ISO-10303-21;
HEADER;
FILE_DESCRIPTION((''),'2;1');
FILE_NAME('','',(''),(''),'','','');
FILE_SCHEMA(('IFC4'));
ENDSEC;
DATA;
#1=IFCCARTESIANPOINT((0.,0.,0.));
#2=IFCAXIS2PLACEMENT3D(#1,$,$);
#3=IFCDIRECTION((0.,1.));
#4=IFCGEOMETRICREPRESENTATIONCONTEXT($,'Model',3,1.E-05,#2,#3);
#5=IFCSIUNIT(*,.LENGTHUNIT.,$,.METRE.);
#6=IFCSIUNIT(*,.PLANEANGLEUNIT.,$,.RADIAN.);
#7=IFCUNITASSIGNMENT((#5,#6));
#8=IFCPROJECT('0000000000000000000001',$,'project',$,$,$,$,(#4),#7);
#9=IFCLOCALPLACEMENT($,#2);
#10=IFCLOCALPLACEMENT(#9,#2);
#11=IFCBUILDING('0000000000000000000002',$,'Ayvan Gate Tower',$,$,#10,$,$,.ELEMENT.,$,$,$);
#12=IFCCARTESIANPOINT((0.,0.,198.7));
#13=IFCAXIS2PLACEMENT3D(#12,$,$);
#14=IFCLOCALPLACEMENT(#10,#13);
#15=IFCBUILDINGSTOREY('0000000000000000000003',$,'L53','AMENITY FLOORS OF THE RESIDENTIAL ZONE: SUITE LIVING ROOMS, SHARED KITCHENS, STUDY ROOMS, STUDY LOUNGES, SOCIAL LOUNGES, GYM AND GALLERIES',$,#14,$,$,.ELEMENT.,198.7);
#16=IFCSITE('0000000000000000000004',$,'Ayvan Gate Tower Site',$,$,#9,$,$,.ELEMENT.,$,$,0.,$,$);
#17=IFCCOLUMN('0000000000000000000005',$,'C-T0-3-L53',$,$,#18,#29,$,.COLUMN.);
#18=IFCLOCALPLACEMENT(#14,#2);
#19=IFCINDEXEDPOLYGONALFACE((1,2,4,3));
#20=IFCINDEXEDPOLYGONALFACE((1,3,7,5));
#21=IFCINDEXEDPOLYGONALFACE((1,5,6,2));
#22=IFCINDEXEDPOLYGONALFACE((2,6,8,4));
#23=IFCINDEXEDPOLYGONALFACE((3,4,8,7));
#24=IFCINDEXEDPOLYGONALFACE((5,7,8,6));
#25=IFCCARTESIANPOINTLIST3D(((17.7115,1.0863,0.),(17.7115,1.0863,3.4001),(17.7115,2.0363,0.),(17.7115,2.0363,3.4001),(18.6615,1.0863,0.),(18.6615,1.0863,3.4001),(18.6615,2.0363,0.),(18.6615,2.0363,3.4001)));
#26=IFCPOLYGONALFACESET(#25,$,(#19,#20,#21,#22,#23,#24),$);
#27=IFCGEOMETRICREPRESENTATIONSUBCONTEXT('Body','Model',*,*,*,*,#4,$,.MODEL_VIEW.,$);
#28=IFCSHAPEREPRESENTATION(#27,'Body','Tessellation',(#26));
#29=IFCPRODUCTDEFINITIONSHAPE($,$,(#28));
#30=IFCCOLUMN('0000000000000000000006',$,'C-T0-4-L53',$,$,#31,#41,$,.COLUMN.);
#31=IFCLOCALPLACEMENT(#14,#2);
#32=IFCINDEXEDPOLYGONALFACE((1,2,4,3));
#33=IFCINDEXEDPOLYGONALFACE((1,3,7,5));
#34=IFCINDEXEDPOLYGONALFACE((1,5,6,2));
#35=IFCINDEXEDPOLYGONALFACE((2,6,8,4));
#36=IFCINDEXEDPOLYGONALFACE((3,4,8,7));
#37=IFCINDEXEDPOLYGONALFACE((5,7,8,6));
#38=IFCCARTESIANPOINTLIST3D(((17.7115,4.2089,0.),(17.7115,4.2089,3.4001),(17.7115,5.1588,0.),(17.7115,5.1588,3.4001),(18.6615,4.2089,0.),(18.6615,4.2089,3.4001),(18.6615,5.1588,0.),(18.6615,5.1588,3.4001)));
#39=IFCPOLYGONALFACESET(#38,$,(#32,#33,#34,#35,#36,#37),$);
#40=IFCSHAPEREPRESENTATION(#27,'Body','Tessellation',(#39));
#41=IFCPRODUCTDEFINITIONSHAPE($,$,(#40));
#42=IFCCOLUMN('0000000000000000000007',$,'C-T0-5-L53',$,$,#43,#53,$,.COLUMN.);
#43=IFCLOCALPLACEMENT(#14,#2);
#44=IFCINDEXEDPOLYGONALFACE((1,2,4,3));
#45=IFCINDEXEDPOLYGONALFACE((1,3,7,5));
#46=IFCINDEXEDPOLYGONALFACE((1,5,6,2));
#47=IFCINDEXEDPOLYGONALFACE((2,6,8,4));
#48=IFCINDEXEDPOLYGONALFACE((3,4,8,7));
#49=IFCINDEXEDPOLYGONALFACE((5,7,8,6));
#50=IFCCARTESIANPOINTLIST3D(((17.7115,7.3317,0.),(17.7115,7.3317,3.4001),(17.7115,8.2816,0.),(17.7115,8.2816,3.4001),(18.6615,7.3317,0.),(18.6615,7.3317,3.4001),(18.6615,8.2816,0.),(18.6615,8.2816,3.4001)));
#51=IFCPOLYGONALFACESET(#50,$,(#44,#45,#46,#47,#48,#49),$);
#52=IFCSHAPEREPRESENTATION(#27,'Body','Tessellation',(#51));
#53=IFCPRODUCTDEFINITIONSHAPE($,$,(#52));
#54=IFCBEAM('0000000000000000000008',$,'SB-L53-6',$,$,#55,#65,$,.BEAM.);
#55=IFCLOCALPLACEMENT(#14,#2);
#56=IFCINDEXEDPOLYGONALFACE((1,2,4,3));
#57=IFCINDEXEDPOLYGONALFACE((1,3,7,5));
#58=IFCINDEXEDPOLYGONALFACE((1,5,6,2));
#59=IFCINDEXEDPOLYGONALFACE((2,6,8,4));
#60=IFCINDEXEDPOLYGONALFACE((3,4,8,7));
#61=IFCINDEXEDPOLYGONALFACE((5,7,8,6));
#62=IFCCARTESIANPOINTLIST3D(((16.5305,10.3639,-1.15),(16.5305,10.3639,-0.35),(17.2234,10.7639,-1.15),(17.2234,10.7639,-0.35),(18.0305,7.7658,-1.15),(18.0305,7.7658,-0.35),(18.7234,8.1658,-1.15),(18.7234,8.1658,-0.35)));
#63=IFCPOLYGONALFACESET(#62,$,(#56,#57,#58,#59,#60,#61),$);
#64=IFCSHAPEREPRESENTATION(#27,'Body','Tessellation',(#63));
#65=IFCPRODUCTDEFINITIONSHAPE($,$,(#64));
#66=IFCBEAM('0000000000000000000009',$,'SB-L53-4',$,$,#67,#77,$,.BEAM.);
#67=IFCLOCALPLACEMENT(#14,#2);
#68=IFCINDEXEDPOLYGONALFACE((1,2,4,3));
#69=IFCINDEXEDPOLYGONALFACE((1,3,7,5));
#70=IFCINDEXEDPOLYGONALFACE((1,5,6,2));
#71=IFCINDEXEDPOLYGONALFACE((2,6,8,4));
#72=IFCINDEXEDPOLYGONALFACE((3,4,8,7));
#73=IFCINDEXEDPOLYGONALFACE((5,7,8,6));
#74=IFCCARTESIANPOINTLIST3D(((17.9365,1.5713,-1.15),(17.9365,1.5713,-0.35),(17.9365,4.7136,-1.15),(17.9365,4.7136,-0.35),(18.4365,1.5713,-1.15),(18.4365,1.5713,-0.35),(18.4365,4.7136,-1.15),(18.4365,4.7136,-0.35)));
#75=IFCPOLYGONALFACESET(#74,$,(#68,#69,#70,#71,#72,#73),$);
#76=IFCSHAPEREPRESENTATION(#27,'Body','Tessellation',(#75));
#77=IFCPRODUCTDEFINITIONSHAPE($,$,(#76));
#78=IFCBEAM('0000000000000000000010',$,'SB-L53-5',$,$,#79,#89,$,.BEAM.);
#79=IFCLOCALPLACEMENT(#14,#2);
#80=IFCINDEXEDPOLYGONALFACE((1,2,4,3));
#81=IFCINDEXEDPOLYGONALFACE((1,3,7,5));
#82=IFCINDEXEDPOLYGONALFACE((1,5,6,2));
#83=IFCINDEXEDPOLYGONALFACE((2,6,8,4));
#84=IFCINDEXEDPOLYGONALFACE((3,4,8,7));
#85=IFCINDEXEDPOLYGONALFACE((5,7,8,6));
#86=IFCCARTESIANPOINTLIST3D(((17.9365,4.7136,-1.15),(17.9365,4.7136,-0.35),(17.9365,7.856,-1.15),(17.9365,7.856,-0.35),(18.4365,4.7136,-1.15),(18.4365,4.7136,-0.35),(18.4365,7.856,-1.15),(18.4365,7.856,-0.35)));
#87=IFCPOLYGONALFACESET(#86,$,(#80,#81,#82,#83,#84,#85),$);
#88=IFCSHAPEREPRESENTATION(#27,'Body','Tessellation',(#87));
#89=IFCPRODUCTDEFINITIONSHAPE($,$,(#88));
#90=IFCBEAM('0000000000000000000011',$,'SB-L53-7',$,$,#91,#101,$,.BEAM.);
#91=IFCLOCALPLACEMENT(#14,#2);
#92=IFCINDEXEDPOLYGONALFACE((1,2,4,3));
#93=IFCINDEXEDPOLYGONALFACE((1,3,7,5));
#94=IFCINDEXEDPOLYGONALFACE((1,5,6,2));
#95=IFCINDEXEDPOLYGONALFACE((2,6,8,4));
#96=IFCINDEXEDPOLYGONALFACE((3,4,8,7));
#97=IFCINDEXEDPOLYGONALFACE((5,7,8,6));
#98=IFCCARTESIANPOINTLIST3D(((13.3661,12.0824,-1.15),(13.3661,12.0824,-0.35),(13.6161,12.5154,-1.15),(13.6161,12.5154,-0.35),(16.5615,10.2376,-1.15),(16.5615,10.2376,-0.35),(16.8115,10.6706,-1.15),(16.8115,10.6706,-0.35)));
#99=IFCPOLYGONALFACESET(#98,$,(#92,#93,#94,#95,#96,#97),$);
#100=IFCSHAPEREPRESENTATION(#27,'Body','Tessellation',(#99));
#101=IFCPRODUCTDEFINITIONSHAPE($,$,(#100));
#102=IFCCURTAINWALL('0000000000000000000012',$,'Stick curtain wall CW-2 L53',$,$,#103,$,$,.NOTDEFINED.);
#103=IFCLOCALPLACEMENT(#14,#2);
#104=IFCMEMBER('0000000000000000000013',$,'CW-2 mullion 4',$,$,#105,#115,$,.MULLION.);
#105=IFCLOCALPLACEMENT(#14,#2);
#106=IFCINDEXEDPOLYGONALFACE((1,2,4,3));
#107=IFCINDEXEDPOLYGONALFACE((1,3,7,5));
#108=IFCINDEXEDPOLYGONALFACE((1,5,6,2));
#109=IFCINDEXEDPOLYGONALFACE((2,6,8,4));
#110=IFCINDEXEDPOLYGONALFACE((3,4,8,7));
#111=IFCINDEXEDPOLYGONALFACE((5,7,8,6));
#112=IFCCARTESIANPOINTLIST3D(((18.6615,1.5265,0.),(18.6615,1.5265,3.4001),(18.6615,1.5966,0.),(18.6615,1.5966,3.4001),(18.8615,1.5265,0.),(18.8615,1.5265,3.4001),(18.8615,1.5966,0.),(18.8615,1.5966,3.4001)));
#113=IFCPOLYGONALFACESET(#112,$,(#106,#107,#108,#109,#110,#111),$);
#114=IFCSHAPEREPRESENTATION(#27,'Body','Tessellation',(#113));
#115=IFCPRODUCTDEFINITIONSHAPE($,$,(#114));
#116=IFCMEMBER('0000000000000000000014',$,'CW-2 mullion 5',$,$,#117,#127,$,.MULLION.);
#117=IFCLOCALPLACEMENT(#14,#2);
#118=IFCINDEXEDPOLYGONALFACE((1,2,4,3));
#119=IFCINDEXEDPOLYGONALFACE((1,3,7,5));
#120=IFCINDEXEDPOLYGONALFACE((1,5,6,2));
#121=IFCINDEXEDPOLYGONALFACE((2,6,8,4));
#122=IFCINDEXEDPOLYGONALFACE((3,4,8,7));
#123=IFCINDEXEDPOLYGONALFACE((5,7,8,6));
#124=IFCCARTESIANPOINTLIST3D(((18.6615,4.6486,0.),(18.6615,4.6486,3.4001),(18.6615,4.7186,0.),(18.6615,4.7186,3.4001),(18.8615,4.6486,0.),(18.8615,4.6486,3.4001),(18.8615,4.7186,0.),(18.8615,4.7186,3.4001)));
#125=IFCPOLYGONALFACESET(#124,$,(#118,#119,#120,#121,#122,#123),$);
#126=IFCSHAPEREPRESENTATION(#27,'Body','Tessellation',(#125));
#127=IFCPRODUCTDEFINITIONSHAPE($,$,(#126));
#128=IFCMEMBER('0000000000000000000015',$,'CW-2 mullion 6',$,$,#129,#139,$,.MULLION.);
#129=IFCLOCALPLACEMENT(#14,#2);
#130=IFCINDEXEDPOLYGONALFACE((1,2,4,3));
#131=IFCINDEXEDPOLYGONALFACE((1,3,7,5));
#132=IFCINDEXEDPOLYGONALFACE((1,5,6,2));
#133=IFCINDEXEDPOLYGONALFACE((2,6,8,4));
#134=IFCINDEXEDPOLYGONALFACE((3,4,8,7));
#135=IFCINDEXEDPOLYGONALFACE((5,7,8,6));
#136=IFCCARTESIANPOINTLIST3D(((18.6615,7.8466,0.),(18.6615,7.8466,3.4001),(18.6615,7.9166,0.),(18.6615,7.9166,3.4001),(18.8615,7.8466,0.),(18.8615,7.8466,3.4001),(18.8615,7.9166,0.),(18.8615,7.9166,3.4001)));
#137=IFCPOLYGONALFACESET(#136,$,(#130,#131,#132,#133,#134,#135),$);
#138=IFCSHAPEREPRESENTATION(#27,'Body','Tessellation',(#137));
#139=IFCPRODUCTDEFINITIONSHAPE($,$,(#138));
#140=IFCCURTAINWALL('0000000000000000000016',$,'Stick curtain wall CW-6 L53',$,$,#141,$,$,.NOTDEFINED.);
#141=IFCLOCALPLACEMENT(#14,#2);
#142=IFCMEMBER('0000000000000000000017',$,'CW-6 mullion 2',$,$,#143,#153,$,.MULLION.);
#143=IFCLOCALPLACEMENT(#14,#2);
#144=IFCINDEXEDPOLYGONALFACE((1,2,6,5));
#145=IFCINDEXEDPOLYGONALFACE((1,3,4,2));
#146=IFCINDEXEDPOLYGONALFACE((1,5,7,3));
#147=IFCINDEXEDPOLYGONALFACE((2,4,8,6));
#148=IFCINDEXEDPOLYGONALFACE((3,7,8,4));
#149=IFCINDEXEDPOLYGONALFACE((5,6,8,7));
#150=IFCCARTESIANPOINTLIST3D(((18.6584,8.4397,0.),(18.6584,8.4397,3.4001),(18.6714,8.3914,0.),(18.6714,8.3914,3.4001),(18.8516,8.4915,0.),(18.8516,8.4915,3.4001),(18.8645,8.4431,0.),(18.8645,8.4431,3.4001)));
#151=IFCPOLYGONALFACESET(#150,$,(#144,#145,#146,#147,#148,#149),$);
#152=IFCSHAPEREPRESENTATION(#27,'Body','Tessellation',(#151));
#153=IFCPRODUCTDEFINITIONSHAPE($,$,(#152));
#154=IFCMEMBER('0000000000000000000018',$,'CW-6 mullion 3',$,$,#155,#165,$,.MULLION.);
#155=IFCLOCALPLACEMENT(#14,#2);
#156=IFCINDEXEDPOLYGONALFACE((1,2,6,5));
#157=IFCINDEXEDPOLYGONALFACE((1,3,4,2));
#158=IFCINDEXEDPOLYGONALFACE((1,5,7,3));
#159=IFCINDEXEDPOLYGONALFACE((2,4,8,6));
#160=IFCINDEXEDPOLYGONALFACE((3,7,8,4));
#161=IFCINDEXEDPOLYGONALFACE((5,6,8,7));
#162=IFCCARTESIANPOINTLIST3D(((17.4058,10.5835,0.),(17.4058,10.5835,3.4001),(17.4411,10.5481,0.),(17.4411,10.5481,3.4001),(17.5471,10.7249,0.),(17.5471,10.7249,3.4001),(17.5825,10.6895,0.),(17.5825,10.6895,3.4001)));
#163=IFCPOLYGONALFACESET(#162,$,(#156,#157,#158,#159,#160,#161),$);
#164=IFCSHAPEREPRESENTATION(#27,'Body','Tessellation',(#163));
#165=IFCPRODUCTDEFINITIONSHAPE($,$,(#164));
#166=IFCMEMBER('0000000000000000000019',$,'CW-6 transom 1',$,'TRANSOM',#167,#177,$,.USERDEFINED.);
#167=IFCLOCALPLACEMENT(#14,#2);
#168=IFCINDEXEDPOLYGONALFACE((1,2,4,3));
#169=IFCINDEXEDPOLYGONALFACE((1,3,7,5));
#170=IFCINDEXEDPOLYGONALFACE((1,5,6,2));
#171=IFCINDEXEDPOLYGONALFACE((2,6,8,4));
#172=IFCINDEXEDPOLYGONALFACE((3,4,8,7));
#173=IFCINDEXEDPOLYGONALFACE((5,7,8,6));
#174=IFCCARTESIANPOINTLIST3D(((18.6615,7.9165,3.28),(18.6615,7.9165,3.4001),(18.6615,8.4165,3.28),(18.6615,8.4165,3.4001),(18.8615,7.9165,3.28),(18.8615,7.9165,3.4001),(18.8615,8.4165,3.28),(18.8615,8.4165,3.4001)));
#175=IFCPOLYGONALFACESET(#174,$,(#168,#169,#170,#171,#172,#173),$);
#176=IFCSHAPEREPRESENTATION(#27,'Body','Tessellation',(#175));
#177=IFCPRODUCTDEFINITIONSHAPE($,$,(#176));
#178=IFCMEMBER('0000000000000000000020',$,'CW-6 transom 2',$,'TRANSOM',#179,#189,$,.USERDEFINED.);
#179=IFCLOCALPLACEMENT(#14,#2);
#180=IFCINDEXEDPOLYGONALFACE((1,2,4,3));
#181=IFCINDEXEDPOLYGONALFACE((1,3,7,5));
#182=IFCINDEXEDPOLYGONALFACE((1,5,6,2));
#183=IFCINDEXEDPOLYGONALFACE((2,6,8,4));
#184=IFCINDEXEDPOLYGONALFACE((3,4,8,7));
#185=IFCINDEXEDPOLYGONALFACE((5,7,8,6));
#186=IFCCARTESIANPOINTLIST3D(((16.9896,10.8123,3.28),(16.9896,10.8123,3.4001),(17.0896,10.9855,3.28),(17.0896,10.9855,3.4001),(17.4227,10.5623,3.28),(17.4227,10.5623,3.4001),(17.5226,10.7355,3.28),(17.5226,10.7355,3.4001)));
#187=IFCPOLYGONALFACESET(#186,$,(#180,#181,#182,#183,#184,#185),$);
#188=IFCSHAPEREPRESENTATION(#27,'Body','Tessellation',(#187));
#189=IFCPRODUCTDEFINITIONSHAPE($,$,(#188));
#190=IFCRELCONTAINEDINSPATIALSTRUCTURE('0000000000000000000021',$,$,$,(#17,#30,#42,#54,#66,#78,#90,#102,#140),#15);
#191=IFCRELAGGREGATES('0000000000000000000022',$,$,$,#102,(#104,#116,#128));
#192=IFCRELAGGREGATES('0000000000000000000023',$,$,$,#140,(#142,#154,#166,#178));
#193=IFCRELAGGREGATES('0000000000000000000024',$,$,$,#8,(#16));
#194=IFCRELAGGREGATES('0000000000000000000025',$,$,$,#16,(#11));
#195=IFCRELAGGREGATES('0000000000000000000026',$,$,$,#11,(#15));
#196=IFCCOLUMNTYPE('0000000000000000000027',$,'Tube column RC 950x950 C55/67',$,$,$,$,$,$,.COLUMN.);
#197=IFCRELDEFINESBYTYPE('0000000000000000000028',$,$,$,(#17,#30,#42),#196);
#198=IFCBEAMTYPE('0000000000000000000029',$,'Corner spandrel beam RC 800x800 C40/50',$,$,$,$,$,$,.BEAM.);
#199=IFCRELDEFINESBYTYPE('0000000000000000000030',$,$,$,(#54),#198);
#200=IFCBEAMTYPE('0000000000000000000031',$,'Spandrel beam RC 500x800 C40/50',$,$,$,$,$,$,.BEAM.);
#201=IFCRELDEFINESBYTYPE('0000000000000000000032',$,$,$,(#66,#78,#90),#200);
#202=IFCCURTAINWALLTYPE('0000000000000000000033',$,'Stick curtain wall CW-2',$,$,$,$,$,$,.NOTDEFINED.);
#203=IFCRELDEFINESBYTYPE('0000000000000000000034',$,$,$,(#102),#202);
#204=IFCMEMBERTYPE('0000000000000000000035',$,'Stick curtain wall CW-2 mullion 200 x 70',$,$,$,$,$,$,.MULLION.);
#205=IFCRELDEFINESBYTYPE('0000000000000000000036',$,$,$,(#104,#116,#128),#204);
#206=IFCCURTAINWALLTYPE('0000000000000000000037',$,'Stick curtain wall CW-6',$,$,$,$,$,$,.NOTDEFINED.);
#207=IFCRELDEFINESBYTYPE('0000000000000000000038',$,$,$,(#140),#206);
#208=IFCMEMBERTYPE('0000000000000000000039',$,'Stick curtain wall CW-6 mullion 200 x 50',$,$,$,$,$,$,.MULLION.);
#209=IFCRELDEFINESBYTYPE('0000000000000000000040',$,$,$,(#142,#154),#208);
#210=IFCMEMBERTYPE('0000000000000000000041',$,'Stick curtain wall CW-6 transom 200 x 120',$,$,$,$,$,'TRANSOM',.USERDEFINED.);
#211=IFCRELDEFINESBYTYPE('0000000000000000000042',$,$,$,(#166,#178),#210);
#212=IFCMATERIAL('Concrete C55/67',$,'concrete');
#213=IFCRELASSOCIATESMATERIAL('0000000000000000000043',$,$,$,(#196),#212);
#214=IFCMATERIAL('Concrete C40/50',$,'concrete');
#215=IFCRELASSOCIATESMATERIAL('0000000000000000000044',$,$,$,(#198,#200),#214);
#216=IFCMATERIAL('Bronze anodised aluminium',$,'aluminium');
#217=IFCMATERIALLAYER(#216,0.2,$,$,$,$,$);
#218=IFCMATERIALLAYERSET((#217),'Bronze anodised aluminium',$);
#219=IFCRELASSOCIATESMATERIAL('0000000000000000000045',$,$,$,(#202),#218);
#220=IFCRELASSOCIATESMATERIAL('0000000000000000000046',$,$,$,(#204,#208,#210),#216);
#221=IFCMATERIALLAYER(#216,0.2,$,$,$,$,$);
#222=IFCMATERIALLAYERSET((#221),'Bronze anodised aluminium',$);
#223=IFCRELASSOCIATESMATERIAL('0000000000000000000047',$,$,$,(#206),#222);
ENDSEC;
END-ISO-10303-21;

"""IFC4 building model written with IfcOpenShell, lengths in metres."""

from ifc_helpers import new_model, si_unit, direction, frame, origin, origin_2d, place, context, subcontext, project, spatial, rectangle, extrude, material, layer, layer_set, material_profile, profile_set, type_object, element, aggregate, save


model = new_model("IFC4")

# Units and contexts
model_context = context("Model", 3, precision=1e-05, world=origin(), true_north=direction((0.0, 1.0)))
body_context = subcontext(model_context, "Body", "Model", "MODEL_VIEW")
ifc_project = project(units=[si_unit("LENGTHUNIT", "METRE"), si_unit("PLANEANGLEUNIT", "RADIAN")], contexts=[model_context])

# Site, building, storey
site_placement = place(None, origin())
site = spatial("IfcSite", under=ifc_project, at=site_placement, Name="Ayvan Gate Tower Site", CompositionType="ELEMENT", RefElevation=0.0)
building_placement = place(site_placement, origin())
building = spatial("IfcBuilding", under=site, at=building_placement, Name="Ayvan Gate Tower", CompositionType="ELEMENT")
storey_placement = place(building_placement, frame((0.0, 0.0, 198.7)))
storey = spatial("IfcBuildingStorey", under=building, at=storey_placement, Name="L53", Description="AMENITY FLOORS OF THE RESIDENTIAL ZONE: SUITE LIVING ROOMS, SHARED KITCHENS, STUDY ROOMS, STUDY LOUNGES, SOCIAL LOUNGES, GYM AND GALLERIES", CompositionType="ELEMENT", Elevation=198.7)

# Columns
ifc_material_1 = material(Name="Concrete C55/67", Category="concrete")
ifc_material_profile_1 = material_profile(ifc_material_1, rectangle(XDim=0.95, YDim=0.95, at=origin_2d()), Name="RC 950x950")
ifc_profile_set_1 = profile_set([ifc_material_profile_1], Name="Concrete C55/67")
column_type = type_object("IfcColumnType", Name="Tube column RC 950x950 C55/67", PredefinedType="COLUMN", material=ifc_profile_set_1)
for number, where, z_axis, x_axis, name in (
    (1, (18.1865, 1.5613, 0.0), (0.0, 0.0, 1.0), (1.0, 0.0, 0.0), "C-T0-3-L53"),
    (2, (18.1865, 4.6838, 0.0), (0.0, 0.0, 1.0), (1.0, 0.0, 0.0), "C-T0-4-L53"),
    (3, (18.1865, 7.8066, 0.0), (0.0, 0.0, 1.0), (1.0, 0.0, 0.0), "C-T0-5-L53"),
):
    element("IfcColumn", number, at=place(storey_placement, frame(where, z_axis=z_axis, x_axis=x_axis)), inside=storey, type_object=column_type, Name=name, PredefinedType="COLUMN", context=body_context, shape_type="SweptSolid", body=[
        extrude(rectangle(XDim=0.95, YDim=0.95, at=origin_2d()), origin(), (0.0, 0.0, 1.0), 3.4001),
    ])

# Beams
ifc_material_2 = material(Name="Concrete C40/50", Category="concrete")
ifc_material_profile_2 = material_profile(ifc_material_2, rectangle(XDim=0.8, YDim=0.8, at=origin_2d()), Name="RC 800x800")
ifc_profile_set_2 = profile_set([ifc_material_profile_2], Name="Concrete C40/50")
beam_type_1 = type_object("IfcBeamType", Name="Corner spandrel beam RC 800x800 C40/50", PredefinedType="BEAM", material=ifc_profile_set_2)
beam_1_placement = place(storey_placement, frame((18.377, 7.9658, -0.75), z_axis=(-0.49999, 0.866031, 0.0), x_axis=(-0.866031, -0.49999, 0.0)))
element("IfcBeam", 4, at=beam_1_placement, inside=storey, type_object=beam_type_1, Name="SB-L53-6", PredefinedType="BEAM", context=body_context, shape_type="SweptSolid", body=[
    extrude(rectangle(XDim=0.8, YDim=0.8, at=origin_2d()), origin(), (0.0, 0.0, 1.0), 3.0),
])
ifc_material_profile_3 = material_profile(ifc_material_2, rectangle(XDim=0.5, YDim=0.8, at=origin_2d()), Name="RC 500x800")
ifc_profile_set_3 = profile_set([ifc_material_profile_3], Name="Concrete C40/50")
beam_type_2 = type_object("IfcBeamType", Name="Spandrel beam RC 500x800 C40/50", PredefinedType="BEAM", material=ifc_profile_set_3)
for number, where, z_axis, x_axis, name in (
    (5, (18.1865, 1.5713, -0.75), (0.0, 1.0, 0.0), (-1.0, 0.0, 0.0), "SB-L53-4"),
    (6, (18.1865, 4.7136, -0.75), (0.0, 1.0, 0.0), (-1.0, 0.0, 0.0), "SB-L53-5"),
):
    element("IfcBeam", number, at=place(storey_placement, frame(where, z_axis=z_axis, x_axis=x_axis)), inside=storey, type_object=beam_type_2, Name=name, PredefinedType="BEAM", context=body_context, shape_type="SweptSolid", body=[
        extrude(rectangle(XDim=0.5, YDim=0.8, at=origin_2d()), origin(), (0.0, 0.0, 1.0), 3.1423),
    ])
beam_2_placement = place(storey_placement, frame((16.6865, 10.4541, -0.75), z_axis=(-0.866036, 0.499982, 0.0), x_axis=(-0.499982, -0.866036, 0.0)))
element("IfcBeam", 7, at=beam_2_placement, inside=storey, type_object=beam_type_2, Name="SB-L53-7", PredefinedType="BEAM", context=body_context, shape_type="SweptSolid", body=[
    extrude(rectangle(XDim=0.5, YDim=0.8, at=origin_2d()), origin(), (0.0, 0.0, 1.0), 3.6897),
])

# Curtain walls, members
ifc_material_3 = material(Name="Bronze anodised aluminium", Category="aluminium")
ifc_layer_1 = layer(ifc_material_3, 0.2)
ifc_layer_set_1 = layer_set([ifc_layer_1], Name="Bronze anodised aluminium")
curtain_wall_type_1 = type_object("IfcCurtainWallType", Name="Stick curtain wall CW-2", PredefinedType="NOTDEFINED", material=ifc_layer_set_1)
curtain_wall_1_placement = place(storey_placement, origin())
curtain_wall_1 = element("IfcCurtainWall", 8, at=curtain_wall_1_placement, inside=storey, type_object=curtain_wall_type_1, Name="Stick curtain wall CW-2 L53", PredefinedType="NOTDEFINED")
ifc_material_profile_4 = material_profile(ifc_material_3, rectangle(XDim=0.2, YDim=0.0701, at=origin_2d()), Name="Stick curtain wall CW-2 mullion 200 x 70")
ifc_profile_set_4 = profile_set([ifc_material_profile_4], Name="Bronze anodised aluminium")
member_type_1 = type_object("IfcMemberType", Name="Stick curtain wall CW-2 mullion 200 x 70", PredefinedType="MULLION", material=ifc_profile_set_4)
member_1_placement = place(storey_placement, frame((18.7615, 1.5615, 0.0), z_axis=(0.0, 0.0, 1.0), x_axis=(1.0, 0.0, 0.0)))
member_1 = element("IfcMember", 9, at=member_1_placement, type_object=member_type_1, Name="CW-2 mullion 4", PredefinedType="MULLION", context=body_context, shape_type="SweptSolid", body=[
    extrude(rectangle(XDim=0.2, YDim=0.0701, at=origin_2d()), origin(), (0.0, 0.0, 1.0), 3.4001),
])
member_2_placement = place(storey_placement, frame((18.7615, 4.6836, 0.0), z_axis=(0.0, 0.0, 1.0), x_axis=(1.0, 0.0, 0.0)))
member_2 = element("IfcMember", 10, at=member_2_placement, type_object=member_type_1, Name="CW-2 mullion 5", PredefinedType="MULLION", context=body_context, shape_type="SweptSolid", body=[
    extrude(rectangle(XDim=0.2, YDim=0.0701, at=origin_2d()), origin(), (0.0, 0.0, 1.0), 3.4001),
])
member_3_placement = place(storey_placement, frame((18.7615, 7.8816, 0.0), z_axis=(0.0, 0.0, 1.0), x_axis=(1.0, 0.0, 0.0)))
member_3 = element("IfcMember", 11, at=member_3_placement, type_object=member_type_1, Name="CW-2 mullion 6", PredefinedType="MULLION", context=body_context, shape_type="SweptSolid", body=[
    extrude(rectangle(XDim=0.2, YDim=0.0701, at=origin_2d()), origin(), (0.0, 0.0, 1.0), 3.4001),
])
ifc_layer_2 = layer(ifc_material_3, 0.2)
ifc_layer_set_2 = layer_set([ifc_layer_2], Name="Bronze anodised aluminium")
curtain_wall_type_2 = type_object("IfcCurtainWallType", Name="Stick curtain wall CW-6", PredefinedType="NOTDEFINED", material=ifc_layer_set_2)
curtain_wall_2_placement = place(storey_placement, origin())
curtain_wall_2 = element("IfcCurtainWall", 12, at=curtain_wall_2_placement, inside=storey, type_object=curtain_wall_type_2, Name="Stick curtain wall CW-6 L53", PredefinedType="NOTDEFINED")
ifc_material_profile_5 = material_profile(ifc_material_3, rectangle(XDim=0.2, YDim=0.05, at=origin_2d()), Name="Stick curtain wall CW-6 mullion 200 x 50")
ifc_profile_set_5 = profile_set([ifc_material_profile_5], Name="Bronze anodised aluminium")
member_type_2 = type_object("IfcMemberType", Name="Stick curtain wall CW-6 mullion 200 x 50", PredefinedType="MULLION", material=ifc_profile_set_5)
member_4_placement = place(storey_placement, frame((18.7615, 8.4414, 0.0), z_axis=(0.0, 0.0, 1.0), x_axis=(0.965926, 0.258819, 0.0)))
member_4 = element("IfcMember", 13, at=member_4_placement, type_object=member_type_2, Name="CW-6 mullion 2", PredefinedType="MULLION", context=body_context, shape_type="SweptSolid", body=[
    extrude(rectangle(XDim=0.2, YDim=0.05, at=origin_2d()), origin(), (0.0, 0.0, 1.0), 3.4001),
])
member_5_placement = place(storey_placement, frame((17.4941, 10.6365, 0.0), z_axis=(0.0, 0.0, 1.0), x_axis=(0.707107, 0.707107, 0.0)))
member_5 = element("IfcMember", 14, at=member_5_placement, type_object=member_type_2, Name="CW-6 mullion 3", PredefinedType="MULLION", context=body_context, shape_type="SweptSolid", body=[
    extrude(rectangle(XDim=0.2, YDim=0.05, at=origin_2d()), origin(), (0.0, 0.0, 1.0), 3.4001),
])
ifc_material_profile_6 = material_profile(ifc_material_3, rectangle(XDim=0.2, YDim=0.1201, at=origin_2d()), Name="Stick curtain wall CW-6 transom 200 x 120")
ifc_profile_set_6 = profile_set([ifc_material_profile_6], Name="Bronze anodised aluminium")
member_type_3 = type_object("IfcMemberType", Name="Stick curtain wall CW-6 transom 200 x 120", ElementType="TRANSOM", PredefinedType="USERDEFINED", material=ifc_profile_set_6)
member_6_placement = place(storey_placement, frame((18.7615, 7.9165, 3.3401), z_axis=(0.0, 1.0, 0.0), x_axis=(-1.0, 0.0, 0.0)))
member_6 = element("IfcMember", 15, at=member_6_placement, type_object=member_type_3, Name="CW-6 transom 1", ObjectType="TRANSOM", PredefinedType="USERDEFINED", context=body_context, shape_type="SweptSolid", body=[
    extrude(rectangle(XDim=0.2, YDim=0.1201, at=origin_2d()), origin(), (0.0, 0.0, 1.0), 0.5),
])
member_7_placement = place(storey_placement, frame((17.4727, 10.6489, 3.3401), z_axis=(-0.866072, 0.49992, 0.0), x_axis=(-0.49992, -0.866072, 0.0)))
member_7 = element("IfcMember", 16, at=member_7_placement, type_object=member_type_3, Name="CW-6 transom 2", ObjectType="TRANSOM", PredefinedType="USERDEFINED", context=body_context, shape_type="SweptSolid", body=[
    extrude(rectangle(XDim=0.2, YDim=0.1201, at=origin_2d()), origin(), (0.0, 0.0, 1.0), 0.5),
])

aggregate(curtain_wall_1, [member_1, member_2, member_3])
aggregate(curtain_wall_2, [member_4, member_5, member_6, member_7])

save(model, "model.ifc")
